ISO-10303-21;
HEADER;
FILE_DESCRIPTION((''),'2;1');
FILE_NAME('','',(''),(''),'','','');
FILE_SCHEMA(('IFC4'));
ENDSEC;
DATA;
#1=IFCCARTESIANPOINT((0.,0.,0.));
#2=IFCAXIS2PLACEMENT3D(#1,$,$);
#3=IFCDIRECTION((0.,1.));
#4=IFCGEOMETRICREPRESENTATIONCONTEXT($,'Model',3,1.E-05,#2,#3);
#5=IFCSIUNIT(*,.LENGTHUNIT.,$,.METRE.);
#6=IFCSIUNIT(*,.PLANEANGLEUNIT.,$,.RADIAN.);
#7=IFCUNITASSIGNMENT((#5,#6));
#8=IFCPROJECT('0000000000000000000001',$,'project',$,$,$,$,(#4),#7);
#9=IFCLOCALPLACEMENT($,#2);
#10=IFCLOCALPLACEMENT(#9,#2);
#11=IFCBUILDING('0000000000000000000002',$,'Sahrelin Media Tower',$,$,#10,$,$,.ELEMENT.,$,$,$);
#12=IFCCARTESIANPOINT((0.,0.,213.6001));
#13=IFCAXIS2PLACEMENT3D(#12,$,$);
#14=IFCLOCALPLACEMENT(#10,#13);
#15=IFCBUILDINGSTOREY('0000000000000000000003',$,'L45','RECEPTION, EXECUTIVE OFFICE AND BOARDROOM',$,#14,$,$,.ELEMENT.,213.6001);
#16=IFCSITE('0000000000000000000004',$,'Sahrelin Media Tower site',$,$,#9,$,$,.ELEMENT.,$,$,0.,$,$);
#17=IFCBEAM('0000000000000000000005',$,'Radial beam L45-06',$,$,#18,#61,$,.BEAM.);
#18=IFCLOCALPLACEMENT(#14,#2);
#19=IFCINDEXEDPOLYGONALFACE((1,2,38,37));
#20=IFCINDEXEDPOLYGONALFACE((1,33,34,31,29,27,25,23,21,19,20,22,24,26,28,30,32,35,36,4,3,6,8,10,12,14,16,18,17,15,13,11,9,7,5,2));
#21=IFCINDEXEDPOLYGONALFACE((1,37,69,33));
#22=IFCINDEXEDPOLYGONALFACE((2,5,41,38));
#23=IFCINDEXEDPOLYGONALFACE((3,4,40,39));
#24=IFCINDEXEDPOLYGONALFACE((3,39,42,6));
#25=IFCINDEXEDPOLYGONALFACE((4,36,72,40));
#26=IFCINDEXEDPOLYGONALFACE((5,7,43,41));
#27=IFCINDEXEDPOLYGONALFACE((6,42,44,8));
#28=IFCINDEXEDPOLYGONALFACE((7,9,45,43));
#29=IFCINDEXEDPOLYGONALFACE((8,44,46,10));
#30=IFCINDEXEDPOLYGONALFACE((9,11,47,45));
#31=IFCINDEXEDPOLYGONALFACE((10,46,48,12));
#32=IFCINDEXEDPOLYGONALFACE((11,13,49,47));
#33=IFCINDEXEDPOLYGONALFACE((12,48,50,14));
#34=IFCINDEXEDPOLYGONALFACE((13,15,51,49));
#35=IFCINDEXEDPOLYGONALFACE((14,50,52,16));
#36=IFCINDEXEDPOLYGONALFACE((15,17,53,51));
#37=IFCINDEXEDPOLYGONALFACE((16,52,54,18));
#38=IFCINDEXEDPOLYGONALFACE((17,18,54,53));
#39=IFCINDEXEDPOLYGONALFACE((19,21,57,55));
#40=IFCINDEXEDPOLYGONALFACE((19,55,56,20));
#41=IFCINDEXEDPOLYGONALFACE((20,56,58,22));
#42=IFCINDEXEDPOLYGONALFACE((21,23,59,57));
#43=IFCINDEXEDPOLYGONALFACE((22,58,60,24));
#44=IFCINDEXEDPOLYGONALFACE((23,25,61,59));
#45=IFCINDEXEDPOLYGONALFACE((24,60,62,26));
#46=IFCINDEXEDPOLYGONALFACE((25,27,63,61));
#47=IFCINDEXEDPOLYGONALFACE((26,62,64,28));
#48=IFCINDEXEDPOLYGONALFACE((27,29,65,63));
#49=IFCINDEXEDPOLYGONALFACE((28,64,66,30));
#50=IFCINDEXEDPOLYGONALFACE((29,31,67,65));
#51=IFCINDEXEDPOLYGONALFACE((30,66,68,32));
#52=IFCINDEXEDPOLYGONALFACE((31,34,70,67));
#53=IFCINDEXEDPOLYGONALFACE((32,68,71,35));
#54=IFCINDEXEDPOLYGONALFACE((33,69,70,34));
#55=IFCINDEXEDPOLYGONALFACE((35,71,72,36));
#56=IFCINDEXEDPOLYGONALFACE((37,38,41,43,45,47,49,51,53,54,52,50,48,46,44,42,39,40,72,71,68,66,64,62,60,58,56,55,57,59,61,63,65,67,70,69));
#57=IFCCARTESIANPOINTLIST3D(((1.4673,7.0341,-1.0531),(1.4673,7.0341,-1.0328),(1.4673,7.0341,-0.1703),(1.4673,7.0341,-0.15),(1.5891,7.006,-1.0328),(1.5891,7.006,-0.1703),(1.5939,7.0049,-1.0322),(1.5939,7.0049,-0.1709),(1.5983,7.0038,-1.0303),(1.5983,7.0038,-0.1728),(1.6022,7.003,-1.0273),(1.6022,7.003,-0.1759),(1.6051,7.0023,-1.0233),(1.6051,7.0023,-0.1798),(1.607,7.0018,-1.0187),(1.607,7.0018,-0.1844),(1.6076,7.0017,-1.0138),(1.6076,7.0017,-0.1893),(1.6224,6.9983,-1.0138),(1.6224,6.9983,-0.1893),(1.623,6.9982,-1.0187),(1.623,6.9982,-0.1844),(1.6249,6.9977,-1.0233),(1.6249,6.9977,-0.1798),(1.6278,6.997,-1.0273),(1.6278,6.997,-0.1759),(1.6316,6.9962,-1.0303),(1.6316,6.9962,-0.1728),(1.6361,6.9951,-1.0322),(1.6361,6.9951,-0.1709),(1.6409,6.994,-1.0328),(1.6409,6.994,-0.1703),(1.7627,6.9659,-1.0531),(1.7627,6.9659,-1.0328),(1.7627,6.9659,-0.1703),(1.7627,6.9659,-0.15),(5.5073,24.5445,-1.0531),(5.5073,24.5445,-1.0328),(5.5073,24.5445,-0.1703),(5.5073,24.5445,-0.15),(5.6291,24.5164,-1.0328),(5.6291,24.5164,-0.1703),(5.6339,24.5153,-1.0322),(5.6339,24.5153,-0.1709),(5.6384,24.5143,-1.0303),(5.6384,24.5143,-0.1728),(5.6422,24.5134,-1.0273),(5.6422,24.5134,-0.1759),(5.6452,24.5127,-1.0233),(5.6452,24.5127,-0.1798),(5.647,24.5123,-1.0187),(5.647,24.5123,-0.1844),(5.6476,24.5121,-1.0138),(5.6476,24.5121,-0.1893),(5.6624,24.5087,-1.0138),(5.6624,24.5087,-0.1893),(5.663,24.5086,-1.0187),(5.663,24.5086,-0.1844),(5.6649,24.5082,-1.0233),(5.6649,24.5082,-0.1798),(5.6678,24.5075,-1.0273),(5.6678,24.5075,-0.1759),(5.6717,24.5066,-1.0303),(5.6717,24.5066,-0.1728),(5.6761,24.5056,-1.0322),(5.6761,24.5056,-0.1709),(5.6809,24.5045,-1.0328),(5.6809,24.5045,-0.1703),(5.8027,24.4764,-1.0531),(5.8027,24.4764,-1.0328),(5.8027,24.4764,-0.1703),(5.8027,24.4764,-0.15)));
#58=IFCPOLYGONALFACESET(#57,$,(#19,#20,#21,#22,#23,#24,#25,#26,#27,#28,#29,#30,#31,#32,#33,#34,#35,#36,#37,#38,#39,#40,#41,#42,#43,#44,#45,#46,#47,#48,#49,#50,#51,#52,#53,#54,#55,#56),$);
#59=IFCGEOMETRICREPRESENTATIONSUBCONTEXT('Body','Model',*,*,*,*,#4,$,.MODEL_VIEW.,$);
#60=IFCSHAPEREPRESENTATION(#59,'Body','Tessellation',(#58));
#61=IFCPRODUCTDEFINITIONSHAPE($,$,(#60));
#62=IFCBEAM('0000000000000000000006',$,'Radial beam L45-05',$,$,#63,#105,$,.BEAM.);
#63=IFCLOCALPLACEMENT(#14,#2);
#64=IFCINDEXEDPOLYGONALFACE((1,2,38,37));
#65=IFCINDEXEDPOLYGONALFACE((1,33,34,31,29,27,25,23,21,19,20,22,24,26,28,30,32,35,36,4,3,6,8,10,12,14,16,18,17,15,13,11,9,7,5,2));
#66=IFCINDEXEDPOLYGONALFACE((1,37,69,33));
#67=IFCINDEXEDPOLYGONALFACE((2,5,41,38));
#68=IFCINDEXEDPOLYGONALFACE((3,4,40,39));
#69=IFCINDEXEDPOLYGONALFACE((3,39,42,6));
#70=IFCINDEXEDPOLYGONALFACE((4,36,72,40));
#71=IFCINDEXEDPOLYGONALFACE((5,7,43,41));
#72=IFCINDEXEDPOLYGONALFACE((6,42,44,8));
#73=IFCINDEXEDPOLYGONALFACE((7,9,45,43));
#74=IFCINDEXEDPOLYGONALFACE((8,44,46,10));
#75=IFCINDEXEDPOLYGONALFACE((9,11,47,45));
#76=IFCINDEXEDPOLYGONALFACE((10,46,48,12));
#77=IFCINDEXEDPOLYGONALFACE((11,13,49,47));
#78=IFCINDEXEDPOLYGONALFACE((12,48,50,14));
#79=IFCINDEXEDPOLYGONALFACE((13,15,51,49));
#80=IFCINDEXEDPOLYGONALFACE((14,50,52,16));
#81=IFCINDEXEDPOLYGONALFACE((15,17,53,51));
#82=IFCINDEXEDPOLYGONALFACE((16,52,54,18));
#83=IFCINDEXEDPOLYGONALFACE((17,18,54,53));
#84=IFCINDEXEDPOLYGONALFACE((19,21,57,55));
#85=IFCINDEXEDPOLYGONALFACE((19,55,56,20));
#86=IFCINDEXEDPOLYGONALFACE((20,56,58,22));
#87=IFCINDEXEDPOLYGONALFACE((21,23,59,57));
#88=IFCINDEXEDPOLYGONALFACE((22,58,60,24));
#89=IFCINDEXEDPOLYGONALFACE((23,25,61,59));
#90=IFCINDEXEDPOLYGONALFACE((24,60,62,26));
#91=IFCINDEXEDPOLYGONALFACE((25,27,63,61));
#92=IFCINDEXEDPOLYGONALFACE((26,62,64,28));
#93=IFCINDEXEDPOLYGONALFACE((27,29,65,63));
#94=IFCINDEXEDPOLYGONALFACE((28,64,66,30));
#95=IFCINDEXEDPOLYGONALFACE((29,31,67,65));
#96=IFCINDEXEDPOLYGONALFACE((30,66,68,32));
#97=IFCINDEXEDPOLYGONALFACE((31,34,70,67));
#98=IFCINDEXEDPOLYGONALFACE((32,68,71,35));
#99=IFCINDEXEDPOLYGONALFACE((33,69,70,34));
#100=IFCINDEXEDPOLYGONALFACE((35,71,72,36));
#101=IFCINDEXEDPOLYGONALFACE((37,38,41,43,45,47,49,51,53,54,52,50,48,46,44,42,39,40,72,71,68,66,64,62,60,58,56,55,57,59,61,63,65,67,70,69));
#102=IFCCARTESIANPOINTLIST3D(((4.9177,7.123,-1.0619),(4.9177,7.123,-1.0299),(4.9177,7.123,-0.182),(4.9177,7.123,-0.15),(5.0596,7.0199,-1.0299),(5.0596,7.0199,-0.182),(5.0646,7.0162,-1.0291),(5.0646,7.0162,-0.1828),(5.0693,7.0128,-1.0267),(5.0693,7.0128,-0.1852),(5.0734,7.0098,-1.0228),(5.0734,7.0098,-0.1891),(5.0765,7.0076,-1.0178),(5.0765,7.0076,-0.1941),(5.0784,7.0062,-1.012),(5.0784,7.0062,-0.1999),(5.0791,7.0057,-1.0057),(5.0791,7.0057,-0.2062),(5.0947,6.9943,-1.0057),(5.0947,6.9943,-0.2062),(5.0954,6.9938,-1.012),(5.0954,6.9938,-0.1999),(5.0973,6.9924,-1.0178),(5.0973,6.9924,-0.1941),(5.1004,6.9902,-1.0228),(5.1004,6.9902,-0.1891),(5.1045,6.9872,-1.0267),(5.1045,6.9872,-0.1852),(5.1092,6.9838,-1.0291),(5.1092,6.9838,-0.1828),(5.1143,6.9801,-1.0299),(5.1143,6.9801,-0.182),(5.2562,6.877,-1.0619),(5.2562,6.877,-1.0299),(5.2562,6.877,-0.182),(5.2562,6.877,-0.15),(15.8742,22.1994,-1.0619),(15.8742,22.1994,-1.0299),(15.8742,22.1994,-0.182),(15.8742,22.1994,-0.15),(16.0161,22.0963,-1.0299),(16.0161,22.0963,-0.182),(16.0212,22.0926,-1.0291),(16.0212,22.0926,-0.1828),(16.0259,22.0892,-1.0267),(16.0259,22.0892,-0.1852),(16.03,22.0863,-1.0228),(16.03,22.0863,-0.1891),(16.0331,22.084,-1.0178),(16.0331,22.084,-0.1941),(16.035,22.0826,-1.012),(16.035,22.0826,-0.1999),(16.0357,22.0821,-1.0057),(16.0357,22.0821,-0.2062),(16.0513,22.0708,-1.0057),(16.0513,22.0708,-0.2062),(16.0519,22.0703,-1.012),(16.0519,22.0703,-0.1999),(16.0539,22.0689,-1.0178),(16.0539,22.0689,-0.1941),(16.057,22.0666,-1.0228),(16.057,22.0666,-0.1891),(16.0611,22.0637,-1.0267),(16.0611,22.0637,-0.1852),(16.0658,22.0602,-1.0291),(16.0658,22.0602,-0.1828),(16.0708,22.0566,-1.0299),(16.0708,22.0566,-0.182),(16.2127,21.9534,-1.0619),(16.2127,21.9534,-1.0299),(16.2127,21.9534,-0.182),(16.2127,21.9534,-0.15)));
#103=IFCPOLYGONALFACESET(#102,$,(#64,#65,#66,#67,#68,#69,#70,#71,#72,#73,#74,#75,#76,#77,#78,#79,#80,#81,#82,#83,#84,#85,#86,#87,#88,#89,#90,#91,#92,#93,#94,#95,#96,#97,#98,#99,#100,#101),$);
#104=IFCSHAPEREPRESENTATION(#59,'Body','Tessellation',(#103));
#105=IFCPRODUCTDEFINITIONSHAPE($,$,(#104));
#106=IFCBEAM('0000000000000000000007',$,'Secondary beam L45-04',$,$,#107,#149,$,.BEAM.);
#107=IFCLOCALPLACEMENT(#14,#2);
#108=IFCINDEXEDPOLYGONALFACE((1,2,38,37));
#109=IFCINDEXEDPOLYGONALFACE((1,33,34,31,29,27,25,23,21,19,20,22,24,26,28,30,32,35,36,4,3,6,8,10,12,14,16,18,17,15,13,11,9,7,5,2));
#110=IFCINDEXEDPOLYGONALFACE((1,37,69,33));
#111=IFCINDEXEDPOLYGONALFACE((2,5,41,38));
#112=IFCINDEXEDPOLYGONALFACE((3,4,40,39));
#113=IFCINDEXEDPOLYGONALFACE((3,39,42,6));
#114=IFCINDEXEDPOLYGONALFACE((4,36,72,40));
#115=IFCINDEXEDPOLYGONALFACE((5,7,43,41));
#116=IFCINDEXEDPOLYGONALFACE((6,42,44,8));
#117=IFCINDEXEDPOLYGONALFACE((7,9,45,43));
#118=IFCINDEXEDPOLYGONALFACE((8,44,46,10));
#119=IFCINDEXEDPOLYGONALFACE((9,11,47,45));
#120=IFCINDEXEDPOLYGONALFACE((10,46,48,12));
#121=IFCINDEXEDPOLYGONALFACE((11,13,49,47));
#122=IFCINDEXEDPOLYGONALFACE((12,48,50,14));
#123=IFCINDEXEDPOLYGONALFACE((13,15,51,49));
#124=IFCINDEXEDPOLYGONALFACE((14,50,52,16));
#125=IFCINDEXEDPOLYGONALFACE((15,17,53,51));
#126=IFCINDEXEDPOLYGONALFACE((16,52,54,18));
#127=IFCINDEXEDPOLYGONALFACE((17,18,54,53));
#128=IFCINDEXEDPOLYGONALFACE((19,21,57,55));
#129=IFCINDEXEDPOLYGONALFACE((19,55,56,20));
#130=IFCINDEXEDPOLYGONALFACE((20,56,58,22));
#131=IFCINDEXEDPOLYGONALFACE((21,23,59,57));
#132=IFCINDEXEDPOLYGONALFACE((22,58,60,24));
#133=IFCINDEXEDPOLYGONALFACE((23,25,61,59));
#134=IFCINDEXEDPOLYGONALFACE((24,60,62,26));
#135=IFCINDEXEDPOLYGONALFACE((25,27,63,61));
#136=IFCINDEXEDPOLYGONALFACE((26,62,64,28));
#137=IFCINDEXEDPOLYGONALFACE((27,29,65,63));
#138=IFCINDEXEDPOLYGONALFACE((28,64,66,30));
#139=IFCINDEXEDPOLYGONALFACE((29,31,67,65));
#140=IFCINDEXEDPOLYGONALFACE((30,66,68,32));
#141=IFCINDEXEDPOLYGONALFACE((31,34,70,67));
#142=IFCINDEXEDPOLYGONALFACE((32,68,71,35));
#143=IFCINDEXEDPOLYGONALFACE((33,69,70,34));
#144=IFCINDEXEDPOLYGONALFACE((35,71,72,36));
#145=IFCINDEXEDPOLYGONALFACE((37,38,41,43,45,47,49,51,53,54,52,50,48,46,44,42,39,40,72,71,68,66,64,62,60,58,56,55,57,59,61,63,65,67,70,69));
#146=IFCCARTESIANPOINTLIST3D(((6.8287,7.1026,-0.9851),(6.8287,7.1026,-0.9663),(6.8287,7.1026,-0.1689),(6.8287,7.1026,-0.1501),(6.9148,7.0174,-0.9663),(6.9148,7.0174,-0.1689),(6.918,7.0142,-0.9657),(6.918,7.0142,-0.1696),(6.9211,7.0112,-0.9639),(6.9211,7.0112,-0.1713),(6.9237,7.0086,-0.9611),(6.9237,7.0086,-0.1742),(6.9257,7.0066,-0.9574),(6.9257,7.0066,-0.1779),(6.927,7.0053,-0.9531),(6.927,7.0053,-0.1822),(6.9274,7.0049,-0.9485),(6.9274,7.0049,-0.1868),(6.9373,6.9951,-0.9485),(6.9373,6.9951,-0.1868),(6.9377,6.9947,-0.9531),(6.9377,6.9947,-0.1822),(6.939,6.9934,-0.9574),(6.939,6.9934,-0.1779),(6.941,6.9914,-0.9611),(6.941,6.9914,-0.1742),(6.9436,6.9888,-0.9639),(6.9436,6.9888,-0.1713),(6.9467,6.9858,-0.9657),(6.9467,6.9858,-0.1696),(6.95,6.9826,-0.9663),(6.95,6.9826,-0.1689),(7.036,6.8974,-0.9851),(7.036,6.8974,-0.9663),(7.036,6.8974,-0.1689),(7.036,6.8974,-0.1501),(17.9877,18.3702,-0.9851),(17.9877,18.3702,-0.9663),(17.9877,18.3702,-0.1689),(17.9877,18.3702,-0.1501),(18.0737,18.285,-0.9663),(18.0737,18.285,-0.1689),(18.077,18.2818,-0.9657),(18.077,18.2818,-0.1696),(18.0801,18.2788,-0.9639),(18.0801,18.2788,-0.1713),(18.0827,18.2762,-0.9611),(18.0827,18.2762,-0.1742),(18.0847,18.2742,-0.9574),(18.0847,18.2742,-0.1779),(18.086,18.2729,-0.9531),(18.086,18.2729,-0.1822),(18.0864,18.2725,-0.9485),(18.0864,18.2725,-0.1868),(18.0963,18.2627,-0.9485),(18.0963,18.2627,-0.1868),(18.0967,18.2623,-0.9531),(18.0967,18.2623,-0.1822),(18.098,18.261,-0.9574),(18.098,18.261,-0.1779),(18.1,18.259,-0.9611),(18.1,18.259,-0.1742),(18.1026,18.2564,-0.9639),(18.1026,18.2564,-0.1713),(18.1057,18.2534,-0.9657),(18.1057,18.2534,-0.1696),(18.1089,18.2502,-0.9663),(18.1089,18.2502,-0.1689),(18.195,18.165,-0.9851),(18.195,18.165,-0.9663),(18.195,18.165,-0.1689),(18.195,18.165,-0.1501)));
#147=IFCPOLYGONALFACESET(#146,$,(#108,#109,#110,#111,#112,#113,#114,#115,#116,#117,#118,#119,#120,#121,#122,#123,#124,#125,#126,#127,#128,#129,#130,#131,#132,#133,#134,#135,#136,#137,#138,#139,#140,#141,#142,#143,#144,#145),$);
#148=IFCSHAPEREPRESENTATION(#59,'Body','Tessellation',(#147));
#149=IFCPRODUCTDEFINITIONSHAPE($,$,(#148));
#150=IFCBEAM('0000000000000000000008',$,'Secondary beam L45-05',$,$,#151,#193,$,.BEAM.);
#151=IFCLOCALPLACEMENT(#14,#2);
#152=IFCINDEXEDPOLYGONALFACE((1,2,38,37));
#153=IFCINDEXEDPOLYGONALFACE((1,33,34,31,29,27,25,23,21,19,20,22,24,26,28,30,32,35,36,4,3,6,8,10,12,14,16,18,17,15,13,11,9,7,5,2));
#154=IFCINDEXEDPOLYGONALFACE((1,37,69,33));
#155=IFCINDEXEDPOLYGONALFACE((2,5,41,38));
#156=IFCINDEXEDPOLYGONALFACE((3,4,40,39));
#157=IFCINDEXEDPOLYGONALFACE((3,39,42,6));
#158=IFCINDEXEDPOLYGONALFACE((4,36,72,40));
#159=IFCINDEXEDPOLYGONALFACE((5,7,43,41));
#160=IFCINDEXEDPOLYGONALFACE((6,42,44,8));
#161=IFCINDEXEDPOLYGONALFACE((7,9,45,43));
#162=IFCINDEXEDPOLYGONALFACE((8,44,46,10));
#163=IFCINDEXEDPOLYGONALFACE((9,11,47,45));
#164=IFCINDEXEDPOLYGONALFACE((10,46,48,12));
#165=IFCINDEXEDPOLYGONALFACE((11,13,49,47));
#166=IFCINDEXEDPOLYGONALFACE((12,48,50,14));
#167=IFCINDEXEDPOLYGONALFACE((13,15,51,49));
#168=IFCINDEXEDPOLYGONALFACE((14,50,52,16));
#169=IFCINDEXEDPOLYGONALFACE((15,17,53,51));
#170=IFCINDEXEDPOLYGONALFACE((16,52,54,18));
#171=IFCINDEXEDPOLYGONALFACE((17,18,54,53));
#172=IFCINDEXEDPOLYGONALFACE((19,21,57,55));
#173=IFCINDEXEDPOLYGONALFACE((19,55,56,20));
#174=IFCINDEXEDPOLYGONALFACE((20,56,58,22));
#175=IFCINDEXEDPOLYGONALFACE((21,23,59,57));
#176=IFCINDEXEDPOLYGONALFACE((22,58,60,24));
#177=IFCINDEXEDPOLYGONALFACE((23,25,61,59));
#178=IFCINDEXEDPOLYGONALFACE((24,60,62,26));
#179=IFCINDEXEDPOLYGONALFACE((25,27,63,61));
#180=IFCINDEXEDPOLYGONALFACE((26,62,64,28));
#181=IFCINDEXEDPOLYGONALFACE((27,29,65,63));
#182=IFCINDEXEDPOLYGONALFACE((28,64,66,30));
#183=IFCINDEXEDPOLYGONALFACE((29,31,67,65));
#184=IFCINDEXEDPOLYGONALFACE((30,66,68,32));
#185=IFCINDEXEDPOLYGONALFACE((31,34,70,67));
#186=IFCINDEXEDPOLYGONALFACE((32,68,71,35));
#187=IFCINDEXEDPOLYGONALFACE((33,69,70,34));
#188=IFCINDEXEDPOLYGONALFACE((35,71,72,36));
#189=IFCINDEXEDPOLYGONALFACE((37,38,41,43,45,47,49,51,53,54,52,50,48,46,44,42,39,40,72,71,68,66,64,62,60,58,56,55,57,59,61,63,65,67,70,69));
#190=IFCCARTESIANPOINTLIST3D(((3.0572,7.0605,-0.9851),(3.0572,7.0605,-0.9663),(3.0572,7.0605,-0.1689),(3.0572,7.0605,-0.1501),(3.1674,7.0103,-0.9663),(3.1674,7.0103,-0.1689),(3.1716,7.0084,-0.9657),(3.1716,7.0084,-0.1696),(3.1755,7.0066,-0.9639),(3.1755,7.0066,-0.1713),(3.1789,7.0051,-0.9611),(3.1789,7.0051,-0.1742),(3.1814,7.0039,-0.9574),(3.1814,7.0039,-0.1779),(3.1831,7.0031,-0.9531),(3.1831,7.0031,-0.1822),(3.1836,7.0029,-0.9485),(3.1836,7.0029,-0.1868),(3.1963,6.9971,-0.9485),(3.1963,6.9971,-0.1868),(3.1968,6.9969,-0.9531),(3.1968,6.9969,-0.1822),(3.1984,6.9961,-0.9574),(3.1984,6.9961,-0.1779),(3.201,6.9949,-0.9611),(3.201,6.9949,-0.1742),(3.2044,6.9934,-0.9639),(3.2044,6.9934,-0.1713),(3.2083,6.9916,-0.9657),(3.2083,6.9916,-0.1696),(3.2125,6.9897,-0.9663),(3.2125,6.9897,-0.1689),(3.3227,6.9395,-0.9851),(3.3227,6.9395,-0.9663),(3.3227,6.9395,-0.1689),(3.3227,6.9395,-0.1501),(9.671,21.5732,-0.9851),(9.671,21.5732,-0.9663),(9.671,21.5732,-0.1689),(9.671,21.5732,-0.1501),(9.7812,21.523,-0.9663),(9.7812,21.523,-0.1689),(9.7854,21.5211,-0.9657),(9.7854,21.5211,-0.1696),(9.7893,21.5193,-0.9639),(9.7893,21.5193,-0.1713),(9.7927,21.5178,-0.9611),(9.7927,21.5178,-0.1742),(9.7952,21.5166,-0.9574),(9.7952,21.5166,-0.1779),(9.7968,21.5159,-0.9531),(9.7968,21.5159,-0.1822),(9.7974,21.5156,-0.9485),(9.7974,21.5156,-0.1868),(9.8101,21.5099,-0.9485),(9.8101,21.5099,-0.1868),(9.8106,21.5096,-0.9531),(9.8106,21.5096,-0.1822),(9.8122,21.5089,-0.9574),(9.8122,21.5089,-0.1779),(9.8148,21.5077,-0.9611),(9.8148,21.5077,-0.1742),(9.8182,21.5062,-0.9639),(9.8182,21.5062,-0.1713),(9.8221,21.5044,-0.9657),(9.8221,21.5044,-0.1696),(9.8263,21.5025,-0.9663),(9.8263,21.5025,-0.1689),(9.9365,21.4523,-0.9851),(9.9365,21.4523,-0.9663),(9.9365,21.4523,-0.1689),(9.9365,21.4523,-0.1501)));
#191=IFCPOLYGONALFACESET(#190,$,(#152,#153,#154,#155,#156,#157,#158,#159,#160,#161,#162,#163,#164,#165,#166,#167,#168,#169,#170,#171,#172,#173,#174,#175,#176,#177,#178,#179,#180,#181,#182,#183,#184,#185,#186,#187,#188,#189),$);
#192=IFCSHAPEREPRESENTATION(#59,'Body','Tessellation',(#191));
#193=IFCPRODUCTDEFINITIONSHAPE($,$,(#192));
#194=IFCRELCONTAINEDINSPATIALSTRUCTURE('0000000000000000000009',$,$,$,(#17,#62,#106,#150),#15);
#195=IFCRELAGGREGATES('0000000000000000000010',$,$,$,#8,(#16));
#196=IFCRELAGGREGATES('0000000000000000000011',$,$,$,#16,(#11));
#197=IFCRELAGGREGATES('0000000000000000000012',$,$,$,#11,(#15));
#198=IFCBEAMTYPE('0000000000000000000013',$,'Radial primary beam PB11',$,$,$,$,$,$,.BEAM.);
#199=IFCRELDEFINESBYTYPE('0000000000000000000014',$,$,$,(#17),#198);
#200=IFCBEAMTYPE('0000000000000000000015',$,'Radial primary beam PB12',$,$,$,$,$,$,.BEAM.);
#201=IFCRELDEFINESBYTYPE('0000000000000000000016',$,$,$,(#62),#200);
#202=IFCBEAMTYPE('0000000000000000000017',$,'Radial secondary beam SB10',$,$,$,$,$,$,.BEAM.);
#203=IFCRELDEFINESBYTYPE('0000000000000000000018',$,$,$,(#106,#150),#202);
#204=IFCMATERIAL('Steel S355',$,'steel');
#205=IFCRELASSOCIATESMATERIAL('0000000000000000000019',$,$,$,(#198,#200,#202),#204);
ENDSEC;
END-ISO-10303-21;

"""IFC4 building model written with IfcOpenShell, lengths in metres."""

from ifc_helpers import new_model, si_unit, direction, frame, origin, origin_2d, place, context, subcontext, project, spatial, i_section, extrude, material, material_profile, profile_set, type_object, element, save


model = new_model("IFC4")

# Units and contexts
model_context = context("Model", 3, precision=1e-05, world=origin(), true_north=direction((0.0, 1.0)))
body_context = subcontext(model_context, "Body", "Model", "MODEL_VIEW")
ifc_project = project(units=[si_unit("LENGTHUNIT", "METRE"), si_unit("PLANEANGLEUNIT", "RADIAN")], contexts=[model_context])

# Site, building, storey
site_placement = place(None, origin())
site = spatial("IfcSite", under=ifc_project, at=site_placement, Name="Sahrelin Media Tower site", CompositionType="ELEMENT", RefElevation=0.0)
building_placement = place(site_placement, origin())
building = spatial("IfcBuilding", under=site, at=building_placement, Name="Sahrelin Media Tower", CompositionType="ELEMENT")
storey_placement = place(building_placement, frame((0.0, 0.0, 213.6001)))
storey = spatial("IfcBuildingStorey", under=building, at=storey_placement, Name="L45", Description="RECEPTION, EXECUTIVE OFFICE AND BOARDROOM", CompositionType="ELEMENT", Elevation=213.6001)

# Shared definitions
ifc_material_1 = material(Name="Steel S355", Category="steel")

# Beams
ifc_material_profile_1 = material_profile(ifc_material_1, i_section(OverallWidth=0.3032, OverallDepth=0.9031, WebThickness=0.0151, FlangeThickness=0.0203, FilletRadius=0.019, at=origin_2d()), Name="UB 914x305x201")
ifc_profile_set_1 = profile_set([ifc_material_profile_1], Name="Steel S355")
beam_type_1 = type_object("IfcBeamType", Name="Radial primary beam PB11", PredefinedType="BEAM", material=ifc_profile_set_1)
beam_1_placement = place(storey_placement, frame((1.615, 7.0, -0.6016), z_axis=(0.224815, 0.974401, 0.0), x_axis=(-0.974401, 0.224815, 0.0)))
element("IfcBeam", 1, at=beam_1_placement, inside=storey, type_object=beam_type_1, Name="Radial beam L45-06", PredefinedType="BEAM", context=body_context, shape_type="SweptSolid", body=[
    extrude(i_section(OverallWidth=0.3032, OverallDepth=0.9031, WebThickness=0.0151, FlangeThickness=0.0203, FilletRadius=0.019, at=origin_2d()), origin(), (0.0, 0.0, 1.0), 17.9705),
])
ifc_material_profile_2 = material_profile(ifc_material_1, i_section(OverallWidth=0.4185, OverallDepth=0.9119, WebThickness=0.0193, FlangeThickness=0.032, FilletRadius=0.0242, at=origin_2d()), Name="UB 914x419x343")
ifc_profile_set_2 = profile_set([ifc_material_profile_2], Name="Steel S355")
beam_type_2 = type_object("IfcBeamType", Name="Radial primary beam PB12", PredefinedType="BEAM", material=ifc_profile_set_2)
beam_2_placement = place(storey_placement, frame((5.0869, 7.0, -0.606), z_axis=(0.587887, 0.808943, 0.0), x_axis=(-0.808943, 0.587887, 0.0)))
element("IfcBeam", 2, at=beam_2_placement, inside=storey, type_object=beam_type_2, Name="Radial beam L45-05", PredefinedType="BEAM", context=body_context, shape_type="SweptSolid", body=[
    extrude(i_section(OverallWidth=0.4185, OverallDepth=0.9119, WebThickness=0.0193, FlangeThickness=0.032, FilletRadius=0.0242, at=origin_2d()), origin(), (0.0, 0.0, 1.0), 18.6372),
])
ifc_material_profile_3 = material_profile(ifc_material_1, i_section(OverallWidth=0.2917, OverallDepth=0.835, WebThickness=0.0139, FlangeThickness=0.0188, FilletRadius=0.0178, at=origin_2d()), Name="UB 838x292x176")
ifc_profile_set_3 = profile_set([ifc_material_profile_3], Name="Steel S355")
beam_type_3 = type_object("IfcBeamType", Name="Radial secondary beam SB10", PredefinedType="BEAM", material=ifc_profile_set_3)
beam_3_placement = place(storey_placement, frame((6.9324, 7.0, -0.5676), z_axis=(0.703673, 0.710524, 0.0), x_axis=(-0.710524, 0.703673, 0.0)))
element("IfcBeam", 3, at=beam_3_placement, inside=storey, type_object=beam_type_3, Name="Secondary beam L45-04", PredefinedType="BEAM", context=body_context, shape_type="SweptSolid", body=[
    extrude(i_section(OverallWidth=0.2917, OverallDepth=0.835, WebThickness=0.0139, FlangeThickness=0.0188, FilletRadius=0.0178, at=origin_2d()), origin(), (0.0, 0.0, 1.0), 15.8582),
])
beam_4_placement = place(storey_placement, frame((3.1899, 7.0, -0.5676), z_axis=(0.414691, 0.909962, 0.0), x_axis=(-0.909962, 0.414691, 0.0)))
element("IfcBeam", 4, at=beam_4_placement, inside=storey, type_object=beam_type_3, Name="Secondary beam L45-05", PredefinedType="BEAM", context=body_context, shape_type="SweptSolid", body=[
    extrude(i_section(OverallWidth=0.2917, OverallDepth=0.835, WebThickness=0.0139, FlangeThickness=0.0188, FilletRadius=0.0178, at=origin_2d()), origin(), (0.0, 0.0, 1.0), 15.9487),
])

save(model, "model.ifc")
